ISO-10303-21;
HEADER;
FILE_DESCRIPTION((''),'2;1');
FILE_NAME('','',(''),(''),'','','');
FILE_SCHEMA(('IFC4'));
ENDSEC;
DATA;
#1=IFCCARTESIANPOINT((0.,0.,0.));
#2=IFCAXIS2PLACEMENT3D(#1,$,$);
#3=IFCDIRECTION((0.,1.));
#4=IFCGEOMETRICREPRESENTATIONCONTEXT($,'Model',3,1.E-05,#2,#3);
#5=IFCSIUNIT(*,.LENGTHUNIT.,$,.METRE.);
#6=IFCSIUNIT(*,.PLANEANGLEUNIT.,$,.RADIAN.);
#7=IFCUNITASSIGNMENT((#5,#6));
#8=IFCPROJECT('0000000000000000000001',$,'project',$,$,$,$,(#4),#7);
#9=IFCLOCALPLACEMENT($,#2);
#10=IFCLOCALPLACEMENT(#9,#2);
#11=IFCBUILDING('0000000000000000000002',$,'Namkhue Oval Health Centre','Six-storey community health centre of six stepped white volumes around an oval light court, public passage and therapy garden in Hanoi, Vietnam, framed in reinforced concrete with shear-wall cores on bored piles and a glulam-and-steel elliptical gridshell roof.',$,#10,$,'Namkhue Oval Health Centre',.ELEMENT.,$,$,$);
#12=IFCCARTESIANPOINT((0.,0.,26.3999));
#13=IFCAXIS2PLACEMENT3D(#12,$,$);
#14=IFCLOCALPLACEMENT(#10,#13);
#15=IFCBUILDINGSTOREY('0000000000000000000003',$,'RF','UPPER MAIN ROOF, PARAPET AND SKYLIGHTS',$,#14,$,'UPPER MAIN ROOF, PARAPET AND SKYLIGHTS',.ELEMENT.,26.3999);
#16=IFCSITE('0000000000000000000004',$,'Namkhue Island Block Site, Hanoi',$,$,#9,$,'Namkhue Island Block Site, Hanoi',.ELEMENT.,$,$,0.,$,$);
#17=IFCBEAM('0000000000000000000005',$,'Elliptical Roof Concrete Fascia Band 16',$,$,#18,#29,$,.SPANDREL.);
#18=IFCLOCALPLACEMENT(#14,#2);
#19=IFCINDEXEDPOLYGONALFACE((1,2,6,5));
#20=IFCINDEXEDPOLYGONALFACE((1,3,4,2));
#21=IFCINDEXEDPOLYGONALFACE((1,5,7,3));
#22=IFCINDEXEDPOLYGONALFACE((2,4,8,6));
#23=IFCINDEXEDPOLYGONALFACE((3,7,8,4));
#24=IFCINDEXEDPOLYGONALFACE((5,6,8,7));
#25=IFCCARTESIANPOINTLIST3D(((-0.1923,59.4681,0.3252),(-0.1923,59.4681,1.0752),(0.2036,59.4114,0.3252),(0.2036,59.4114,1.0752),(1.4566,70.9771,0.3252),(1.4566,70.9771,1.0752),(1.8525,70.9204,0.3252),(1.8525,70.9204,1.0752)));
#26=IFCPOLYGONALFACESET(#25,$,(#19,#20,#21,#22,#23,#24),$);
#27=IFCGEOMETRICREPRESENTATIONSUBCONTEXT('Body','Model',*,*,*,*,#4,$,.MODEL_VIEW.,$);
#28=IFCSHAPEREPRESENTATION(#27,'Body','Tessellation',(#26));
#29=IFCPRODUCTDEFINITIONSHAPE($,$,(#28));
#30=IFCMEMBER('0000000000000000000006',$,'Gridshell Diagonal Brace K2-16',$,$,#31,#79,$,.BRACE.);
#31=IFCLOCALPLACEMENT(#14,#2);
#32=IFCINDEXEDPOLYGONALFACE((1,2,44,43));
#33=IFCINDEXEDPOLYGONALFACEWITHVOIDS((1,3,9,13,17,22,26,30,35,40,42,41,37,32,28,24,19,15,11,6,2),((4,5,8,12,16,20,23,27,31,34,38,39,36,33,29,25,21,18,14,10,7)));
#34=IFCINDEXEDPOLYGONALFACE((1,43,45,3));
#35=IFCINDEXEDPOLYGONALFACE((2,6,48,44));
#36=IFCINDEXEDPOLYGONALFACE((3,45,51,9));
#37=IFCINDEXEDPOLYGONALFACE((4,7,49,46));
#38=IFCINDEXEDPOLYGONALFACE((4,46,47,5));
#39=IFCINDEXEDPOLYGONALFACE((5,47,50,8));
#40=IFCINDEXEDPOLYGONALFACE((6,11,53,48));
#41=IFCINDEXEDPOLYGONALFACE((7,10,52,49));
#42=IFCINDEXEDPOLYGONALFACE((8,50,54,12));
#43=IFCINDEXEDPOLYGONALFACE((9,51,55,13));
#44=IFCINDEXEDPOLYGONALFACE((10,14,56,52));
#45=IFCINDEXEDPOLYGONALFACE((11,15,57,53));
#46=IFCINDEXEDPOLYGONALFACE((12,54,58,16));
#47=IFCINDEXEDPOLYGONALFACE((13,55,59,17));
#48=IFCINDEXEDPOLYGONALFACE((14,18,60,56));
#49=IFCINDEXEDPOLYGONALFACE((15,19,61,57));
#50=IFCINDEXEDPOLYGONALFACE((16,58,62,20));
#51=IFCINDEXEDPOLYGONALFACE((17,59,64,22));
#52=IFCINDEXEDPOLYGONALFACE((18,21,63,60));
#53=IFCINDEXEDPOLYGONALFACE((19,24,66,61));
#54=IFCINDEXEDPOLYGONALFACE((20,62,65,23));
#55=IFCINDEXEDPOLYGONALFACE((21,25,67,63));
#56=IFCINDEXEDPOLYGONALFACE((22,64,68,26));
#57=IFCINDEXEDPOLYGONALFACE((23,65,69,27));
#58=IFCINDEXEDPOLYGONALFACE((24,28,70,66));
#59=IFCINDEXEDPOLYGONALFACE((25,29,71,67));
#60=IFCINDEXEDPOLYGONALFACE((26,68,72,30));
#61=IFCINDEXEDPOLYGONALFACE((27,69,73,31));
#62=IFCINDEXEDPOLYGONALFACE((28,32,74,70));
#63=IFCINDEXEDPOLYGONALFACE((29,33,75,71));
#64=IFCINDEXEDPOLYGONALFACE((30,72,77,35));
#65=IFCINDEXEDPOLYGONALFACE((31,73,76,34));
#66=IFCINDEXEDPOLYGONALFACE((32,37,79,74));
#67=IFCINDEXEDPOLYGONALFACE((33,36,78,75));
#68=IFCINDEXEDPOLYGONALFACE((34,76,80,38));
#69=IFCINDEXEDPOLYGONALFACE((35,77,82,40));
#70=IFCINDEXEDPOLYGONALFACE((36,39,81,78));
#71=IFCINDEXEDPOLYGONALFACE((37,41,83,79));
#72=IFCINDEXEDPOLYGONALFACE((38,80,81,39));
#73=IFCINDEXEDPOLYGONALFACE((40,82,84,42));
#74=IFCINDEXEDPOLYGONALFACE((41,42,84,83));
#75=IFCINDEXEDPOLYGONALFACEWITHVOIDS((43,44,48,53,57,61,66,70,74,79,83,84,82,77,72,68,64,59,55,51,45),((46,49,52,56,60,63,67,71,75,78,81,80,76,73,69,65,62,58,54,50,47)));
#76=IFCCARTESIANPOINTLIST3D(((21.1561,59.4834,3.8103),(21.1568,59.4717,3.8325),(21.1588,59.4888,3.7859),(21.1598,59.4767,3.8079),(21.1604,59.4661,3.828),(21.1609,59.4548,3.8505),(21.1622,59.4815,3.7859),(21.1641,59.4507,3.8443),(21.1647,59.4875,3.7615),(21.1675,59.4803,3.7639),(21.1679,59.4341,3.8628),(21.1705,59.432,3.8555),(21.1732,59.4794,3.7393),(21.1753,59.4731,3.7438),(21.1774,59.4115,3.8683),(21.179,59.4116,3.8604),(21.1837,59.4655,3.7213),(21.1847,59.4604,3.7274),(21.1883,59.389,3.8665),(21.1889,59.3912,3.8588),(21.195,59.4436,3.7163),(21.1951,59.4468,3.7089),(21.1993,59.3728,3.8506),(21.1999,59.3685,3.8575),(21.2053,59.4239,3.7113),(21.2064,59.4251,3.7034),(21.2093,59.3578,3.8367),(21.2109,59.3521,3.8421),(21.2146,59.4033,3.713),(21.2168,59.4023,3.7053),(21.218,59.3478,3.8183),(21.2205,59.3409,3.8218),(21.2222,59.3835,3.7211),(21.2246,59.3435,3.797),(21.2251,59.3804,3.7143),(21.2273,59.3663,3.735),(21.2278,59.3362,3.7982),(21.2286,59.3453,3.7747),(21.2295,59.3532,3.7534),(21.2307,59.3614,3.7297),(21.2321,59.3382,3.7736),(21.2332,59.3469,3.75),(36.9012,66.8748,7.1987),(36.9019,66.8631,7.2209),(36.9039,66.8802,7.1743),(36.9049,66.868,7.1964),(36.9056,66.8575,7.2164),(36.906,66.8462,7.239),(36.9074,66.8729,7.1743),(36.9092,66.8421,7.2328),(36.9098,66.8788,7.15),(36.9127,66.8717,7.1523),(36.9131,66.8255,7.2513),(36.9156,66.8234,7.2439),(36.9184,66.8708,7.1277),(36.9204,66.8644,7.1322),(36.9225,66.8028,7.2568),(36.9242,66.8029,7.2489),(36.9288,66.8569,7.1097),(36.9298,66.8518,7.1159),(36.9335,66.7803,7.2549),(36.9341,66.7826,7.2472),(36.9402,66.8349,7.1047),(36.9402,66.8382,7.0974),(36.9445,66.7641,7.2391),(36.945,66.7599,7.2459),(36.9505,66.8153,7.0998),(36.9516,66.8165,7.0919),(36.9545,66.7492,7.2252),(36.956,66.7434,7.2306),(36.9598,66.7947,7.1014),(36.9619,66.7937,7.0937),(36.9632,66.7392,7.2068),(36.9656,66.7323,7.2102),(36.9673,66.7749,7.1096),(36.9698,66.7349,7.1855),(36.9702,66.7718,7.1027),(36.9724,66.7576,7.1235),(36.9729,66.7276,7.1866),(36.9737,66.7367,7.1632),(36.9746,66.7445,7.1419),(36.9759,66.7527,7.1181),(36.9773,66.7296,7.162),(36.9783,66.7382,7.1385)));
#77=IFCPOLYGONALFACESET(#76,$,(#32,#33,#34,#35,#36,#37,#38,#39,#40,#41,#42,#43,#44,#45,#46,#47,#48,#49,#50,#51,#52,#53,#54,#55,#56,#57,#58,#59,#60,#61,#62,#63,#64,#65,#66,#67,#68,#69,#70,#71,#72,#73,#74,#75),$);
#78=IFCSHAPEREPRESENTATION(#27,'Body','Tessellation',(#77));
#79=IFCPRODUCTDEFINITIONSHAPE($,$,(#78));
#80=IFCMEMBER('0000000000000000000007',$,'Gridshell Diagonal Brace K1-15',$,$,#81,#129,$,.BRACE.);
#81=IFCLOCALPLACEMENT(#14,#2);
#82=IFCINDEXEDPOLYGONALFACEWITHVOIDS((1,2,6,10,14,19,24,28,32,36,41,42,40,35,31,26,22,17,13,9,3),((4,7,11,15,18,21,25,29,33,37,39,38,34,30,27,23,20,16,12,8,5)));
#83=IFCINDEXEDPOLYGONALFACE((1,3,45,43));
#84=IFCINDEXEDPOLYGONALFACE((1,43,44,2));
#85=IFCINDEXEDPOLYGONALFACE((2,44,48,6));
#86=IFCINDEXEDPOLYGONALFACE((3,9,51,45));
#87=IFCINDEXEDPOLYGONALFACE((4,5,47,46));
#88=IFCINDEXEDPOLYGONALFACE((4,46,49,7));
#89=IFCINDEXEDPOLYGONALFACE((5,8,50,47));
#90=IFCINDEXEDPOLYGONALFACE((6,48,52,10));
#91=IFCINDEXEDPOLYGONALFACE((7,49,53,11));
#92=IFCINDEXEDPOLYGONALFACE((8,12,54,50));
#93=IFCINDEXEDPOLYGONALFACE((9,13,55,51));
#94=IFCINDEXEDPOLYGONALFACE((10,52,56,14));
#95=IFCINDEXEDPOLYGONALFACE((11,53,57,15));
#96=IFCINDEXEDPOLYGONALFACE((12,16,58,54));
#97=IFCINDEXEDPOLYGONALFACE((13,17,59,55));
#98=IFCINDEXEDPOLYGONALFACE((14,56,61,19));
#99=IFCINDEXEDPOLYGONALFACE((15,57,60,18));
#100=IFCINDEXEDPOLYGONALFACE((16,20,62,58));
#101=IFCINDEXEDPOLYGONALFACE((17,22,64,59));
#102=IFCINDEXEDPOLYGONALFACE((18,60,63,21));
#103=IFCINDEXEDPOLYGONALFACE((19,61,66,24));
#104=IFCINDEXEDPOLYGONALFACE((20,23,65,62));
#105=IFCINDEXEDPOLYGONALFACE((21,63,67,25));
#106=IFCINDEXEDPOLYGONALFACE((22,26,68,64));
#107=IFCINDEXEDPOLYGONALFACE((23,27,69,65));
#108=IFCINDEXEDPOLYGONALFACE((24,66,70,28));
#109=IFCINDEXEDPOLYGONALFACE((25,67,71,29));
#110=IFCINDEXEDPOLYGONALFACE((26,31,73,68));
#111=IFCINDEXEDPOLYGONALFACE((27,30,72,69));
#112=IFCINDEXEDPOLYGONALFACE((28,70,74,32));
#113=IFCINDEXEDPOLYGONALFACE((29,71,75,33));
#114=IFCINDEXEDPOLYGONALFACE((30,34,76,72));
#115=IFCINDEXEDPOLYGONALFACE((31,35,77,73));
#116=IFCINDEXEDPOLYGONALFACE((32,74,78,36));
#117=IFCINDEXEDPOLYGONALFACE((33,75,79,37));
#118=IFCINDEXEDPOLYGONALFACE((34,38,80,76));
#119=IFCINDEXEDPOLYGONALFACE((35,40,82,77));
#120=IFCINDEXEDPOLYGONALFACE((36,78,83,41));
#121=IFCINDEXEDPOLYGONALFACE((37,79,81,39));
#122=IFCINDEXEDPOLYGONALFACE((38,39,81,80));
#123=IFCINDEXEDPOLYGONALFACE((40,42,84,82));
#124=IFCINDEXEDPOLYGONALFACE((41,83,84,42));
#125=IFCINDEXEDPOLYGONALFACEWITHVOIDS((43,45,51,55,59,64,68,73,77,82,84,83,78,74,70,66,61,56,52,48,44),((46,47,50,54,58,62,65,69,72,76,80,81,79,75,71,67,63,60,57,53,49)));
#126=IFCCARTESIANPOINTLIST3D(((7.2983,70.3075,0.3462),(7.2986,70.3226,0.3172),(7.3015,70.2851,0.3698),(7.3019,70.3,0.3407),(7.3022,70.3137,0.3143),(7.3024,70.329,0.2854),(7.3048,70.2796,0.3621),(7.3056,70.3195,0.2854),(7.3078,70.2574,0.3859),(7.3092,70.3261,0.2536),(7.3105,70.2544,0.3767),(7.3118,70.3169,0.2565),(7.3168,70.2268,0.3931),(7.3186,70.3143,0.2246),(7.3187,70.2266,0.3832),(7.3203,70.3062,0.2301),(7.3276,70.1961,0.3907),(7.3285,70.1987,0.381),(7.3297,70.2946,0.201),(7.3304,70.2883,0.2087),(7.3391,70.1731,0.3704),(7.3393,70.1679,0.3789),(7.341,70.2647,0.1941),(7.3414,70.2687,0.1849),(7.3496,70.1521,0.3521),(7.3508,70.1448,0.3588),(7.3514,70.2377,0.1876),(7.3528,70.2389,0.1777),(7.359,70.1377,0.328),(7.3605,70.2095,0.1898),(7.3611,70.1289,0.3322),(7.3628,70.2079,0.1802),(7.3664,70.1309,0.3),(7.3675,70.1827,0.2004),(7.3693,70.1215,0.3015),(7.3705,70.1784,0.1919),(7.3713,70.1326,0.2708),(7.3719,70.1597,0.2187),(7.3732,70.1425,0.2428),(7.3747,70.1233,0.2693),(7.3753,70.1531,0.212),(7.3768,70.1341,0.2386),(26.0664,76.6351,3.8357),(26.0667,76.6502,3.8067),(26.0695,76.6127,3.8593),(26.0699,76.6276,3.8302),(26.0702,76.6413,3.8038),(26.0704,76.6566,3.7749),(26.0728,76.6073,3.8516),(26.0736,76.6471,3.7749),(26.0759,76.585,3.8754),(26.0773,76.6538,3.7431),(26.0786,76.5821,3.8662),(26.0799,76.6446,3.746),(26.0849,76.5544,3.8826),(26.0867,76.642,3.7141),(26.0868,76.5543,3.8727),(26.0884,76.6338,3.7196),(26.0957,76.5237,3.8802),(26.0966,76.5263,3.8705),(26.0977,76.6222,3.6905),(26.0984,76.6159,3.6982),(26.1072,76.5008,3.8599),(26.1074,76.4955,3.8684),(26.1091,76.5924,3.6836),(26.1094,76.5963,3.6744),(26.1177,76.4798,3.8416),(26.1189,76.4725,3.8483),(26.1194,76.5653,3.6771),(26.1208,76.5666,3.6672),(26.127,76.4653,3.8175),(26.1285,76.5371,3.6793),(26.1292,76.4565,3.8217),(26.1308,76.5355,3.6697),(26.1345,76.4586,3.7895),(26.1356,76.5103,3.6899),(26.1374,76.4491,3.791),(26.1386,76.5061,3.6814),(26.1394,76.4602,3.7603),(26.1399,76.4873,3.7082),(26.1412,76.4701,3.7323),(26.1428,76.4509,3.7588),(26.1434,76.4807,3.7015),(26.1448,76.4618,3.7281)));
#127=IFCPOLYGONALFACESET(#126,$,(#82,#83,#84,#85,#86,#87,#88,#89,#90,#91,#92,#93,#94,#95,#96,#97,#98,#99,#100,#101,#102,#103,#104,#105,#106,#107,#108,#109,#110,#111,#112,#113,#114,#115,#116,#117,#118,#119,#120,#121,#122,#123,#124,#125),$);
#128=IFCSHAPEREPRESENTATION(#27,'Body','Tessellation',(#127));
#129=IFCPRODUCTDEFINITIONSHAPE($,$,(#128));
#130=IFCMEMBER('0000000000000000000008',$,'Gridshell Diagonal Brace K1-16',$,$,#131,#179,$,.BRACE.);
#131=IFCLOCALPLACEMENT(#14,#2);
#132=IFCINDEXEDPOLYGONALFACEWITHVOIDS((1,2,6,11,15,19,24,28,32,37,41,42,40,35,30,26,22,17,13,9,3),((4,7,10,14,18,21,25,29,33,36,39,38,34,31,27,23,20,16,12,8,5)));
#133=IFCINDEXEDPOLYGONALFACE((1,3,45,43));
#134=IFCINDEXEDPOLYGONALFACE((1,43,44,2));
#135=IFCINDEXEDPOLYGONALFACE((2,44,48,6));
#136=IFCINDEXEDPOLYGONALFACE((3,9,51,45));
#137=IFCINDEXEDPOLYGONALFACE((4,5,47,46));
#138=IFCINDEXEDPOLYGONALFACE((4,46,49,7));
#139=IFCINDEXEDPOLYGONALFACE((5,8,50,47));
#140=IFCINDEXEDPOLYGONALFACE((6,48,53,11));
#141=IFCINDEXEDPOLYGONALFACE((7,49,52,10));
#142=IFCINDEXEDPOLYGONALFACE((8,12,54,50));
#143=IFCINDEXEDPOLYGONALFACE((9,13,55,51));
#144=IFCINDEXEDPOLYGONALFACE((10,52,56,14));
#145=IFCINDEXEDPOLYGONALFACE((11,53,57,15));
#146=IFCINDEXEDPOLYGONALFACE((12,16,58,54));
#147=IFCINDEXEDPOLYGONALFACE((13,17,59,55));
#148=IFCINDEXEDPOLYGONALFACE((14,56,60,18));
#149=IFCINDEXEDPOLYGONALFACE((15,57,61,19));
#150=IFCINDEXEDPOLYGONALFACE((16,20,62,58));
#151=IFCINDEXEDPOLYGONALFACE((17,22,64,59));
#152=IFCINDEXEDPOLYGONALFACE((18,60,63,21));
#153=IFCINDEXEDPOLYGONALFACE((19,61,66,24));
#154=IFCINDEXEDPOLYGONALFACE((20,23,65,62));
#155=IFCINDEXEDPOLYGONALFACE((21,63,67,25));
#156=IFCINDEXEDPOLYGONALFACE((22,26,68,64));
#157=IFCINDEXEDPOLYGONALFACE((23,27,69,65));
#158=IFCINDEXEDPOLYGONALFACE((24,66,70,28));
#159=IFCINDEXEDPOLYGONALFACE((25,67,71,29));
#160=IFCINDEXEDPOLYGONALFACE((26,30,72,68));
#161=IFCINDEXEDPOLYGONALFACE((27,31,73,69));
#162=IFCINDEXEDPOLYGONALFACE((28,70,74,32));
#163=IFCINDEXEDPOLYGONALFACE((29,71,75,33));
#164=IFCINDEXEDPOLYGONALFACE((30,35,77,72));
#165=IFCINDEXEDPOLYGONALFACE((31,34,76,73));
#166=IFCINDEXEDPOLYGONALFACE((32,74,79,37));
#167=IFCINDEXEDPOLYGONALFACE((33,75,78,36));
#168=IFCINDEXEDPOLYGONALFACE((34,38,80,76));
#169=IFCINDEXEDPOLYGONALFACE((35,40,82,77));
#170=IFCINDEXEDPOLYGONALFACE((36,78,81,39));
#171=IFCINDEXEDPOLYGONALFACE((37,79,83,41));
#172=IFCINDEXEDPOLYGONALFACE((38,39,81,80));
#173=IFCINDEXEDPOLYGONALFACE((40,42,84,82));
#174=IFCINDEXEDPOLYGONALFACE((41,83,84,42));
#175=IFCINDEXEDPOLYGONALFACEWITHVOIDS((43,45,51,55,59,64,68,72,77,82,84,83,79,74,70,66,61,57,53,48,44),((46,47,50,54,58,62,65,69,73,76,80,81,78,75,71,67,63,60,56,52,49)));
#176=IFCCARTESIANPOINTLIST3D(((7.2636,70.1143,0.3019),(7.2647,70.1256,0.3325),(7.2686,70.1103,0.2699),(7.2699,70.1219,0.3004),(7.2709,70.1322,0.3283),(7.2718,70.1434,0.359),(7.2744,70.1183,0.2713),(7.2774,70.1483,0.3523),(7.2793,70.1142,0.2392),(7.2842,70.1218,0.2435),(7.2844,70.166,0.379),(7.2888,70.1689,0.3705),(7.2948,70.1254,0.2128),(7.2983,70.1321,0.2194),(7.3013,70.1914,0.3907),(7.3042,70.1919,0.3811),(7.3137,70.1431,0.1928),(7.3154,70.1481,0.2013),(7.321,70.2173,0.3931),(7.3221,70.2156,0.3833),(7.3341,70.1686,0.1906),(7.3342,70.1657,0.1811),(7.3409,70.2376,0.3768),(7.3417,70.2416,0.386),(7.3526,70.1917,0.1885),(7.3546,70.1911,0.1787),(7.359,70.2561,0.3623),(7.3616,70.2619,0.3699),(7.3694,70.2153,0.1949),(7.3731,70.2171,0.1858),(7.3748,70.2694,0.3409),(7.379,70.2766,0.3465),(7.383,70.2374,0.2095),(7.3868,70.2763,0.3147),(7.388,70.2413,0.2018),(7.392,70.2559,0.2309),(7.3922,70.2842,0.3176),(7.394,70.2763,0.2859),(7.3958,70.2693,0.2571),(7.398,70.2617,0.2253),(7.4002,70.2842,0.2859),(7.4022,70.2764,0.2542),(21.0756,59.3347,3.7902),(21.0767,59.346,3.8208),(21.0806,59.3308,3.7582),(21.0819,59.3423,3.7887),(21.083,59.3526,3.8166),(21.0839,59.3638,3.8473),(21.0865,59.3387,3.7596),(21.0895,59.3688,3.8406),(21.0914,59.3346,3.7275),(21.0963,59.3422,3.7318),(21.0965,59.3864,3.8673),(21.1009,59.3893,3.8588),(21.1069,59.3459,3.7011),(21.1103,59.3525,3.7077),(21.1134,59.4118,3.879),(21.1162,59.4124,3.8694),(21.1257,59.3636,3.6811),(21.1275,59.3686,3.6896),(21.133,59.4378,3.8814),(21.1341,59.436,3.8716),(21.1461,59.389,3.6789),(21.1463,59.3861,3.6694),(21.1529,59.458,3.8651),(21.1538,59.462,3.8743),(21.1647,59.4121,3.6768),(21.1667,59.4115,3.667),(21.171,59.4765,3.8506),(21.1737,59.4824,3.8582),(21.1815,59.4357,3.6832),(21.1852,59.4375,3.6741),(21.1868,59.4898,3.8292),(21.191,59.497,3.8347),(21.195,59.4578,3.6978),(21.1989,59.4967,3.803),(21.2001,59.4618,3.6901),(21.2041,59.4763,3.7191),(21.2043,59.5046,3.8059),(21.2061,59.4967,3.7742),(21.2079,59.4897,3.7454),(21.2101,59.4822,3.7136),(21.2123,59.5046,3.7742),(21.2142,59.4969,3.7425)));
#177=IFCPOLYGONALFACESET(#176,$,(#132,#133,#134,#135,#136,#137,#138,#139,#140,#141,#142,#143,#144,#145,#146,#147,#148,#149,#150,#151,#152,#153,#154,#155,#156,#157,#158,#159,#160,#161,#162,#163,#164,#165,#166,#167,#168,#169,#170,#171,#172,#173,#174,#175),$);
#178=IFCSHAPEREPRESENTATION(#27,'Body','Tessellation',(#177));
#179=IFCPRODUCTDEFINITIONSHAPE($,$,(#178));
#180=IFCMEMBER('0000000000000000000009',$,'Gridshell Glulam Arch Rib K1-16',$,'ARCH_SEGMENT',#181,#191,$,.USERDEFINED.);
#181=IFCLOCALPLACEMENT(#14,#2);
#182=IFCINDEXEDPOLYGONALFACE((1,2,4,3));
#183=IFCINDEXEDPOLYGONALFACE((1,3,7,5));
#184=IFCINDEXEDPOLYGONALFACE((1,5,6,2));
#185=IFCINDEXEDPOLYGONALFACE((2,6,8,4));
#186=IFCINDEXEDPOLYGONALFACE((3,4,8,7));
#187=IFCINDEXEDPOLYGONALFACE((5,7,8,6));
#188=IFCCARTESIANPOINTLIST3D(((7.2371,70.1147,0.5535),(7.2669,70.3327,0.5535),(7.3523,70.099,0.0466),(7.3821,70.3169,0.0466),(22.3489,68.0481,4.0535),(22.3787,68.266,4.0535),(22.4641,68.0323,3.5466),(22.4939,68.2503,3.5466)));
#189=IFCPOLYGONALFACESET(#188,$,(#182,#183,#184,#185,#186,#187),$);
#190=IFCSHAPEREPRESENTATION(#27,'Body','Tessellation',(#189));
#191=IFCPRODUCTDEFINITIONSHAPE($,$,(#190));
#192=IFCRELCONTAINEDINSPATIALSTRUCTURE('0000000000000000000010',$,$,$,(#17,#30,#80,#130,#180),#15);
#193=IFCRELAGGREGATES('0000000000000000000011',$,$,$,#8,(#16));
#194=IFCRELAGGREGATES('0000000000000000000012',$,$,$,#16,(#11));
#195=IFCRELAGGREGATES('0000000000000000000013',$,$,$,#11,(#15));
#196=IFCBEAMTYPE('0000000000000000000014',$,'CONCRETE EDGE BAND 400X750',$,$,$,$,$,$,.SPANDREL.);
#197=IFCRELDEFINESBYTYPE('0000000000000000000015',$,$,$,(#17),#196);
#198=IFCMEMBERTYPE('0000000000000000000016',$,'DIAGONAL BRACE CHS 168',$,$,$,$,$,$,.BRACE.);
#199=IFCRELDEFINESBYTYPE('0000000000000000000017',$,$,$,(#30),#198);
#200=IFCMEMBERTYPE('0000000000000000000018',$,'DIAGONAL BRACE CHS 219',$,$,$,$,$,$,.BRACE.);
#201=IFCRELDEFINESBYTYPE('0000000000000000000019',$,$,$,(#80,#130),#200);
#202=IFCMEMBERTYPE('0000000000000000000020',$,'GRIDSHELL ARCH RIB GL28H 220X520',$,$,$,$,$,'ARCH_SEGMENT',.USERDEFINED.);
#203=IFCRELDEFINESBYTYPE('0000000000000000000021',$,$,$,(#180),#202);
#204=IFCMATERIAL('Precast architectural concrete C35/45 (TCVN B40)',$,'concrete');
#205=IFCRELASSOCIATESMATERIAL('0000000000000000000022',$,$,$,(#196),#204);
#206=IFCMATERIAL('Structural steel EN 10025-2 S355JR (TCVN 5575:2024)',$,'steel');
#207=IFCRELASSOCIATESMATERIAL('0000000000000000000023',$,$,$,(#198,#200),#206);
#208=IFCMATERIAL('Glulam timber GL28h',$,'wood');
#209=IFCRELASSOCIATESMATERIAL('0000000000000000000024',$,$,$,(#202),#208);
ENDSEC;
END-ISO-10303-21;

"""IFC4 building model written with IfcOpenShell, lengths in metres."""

from ifc_helpers import new_model, si_unit, direction, frame, origin, origin_2d, place, context, subcontext, project, spatial, rectangle, hollow_circle, extrude, material, material_profile, profile_set, type_object, element, save


model = new_model("IFC4")

# Units and contexts
model_context = context("Model", 3, precision=1e-05, world=origin(), true_north=direction((0.0, 1.0)))
body_context = subcontext(model_context, "Body", "Model", "MODEL_VIEW")
ifc_project = project(units=[si_unit("LENGTHUNIT", "METRE"), si_unit("PLANEANGLEUNIT", "RADIAN")], contexts=[model_context])

# Site, building, storey
site_placement = place(None, origin())
site = spatial("IfcSite", under=ifc_project, at=site_placement, Name="Namkhue Island Block Site, Hanoi", LongName="Namkhue Island Block Site, Hanoi", CompositionType="ELEMENT", RefElevation=0.0)
building_placement = place(site_placement, origin())
building = spatial("IfcBuilding", under=site, at=building_placement, Name="Namkhue Oval Health Centre", Description="Six-storey community health centre of six stepped white volumes around an oval light court, public passage and therapy garden in Hanoi, Vietnam, framed in reinforced concrete with shear-wall cores on bored piles and a glulam-and-steel elliptical gridshell roof.", LongName="Namkhue Oval Health Centre", CompositionType="ELEMENT")
storey_placement = place(building_placement, frame((0.0, 0.0, 26.3999)))
storey = spatial("IfcBuildingStorey", under=building, at=storey_placement, Name="RF", Description="UPPER MAIN ROOF, PARAPET AND SKYLIGHTS", LongName="UPPER MAIN ROOF, PARAPET AND SKYLIGHTS", CompositionType="ELEMENT", Elevation=26.3999)

# Beam
ifc_material_1 = material(Name="Precast architectural concrete C35/45 (TCVN B40)", Category="concrete")
ifc_material_profile_1 = material_profile(ifc_material_1, rectangle(XDim=0.3999, YDim=0.75, at=origin_2d()), Name="RC 400x750")
ifc_profile_set_1 = profile_set([ifc_material_profile_1], Name="Precast architectural concrete C35/45 (TCVN B40)")
beam_type = type_object("IfcBeamType", Name="CONCRETE EDGE BAND 400X750", PredefinedType="SPANDREL", material=ifc_profile_set_1)
beam_placement = place(storey_placement, frame((1.6545, 70.9487, 0.7002), z_axis=(-0.141824, -0.989892, 0.0), x_axis=(0.989892, -0.141824, 0.0)))
element("IfcBeam", 1, at=beam_placement, inside=storey, type_object=beam_type, Name="Elliptical Roof Concrete Fascia Band 16", PredefinedType="SPANDREL", context=body_context, shape_type="SweptSolid", body=[
    extrude(rectangle(XDim=0.3999, YDim=0.75, at=origin_2d()), origin(), (0.0, 0.0, 1.0), 11.6265),
])

# Members
ifc_material_2 = material(Name="Structural steel EN 10025-2 S355JR (TCVN 5575:2024)", Category="steel")
ifc_material_profile_2 = material_profile(ifc_material_2, hollow_circle(Radius=0.0842, WallThickness=0.0081, at=origin_2d()), Name="CHS 168.3x8")
ifc_profile_set_2 = profile_set([ifc_material_profile_2], Name="Structural steel EN 10025-2 S355JR (TCVN 5575:2024)")
member_type_1 = type_object("IfcMemberType", Name="DIAGONAL BRACE CHS 168", PredefinedType="BRACE", material=ifc_profile_set_2)
member_1_placement = place(storey_placement, frame((21.1946, 59.4126, 3.7859), z_axis=(0.888517, 0.417104, 0.191213), x_axis=(-0.424944, 0.905219, 0.0)))
element("IfcMember", 2, at=member_1_placement, inside=storey, type_object=member_type_1, Name="Gridshell Diagonal Brace K2-16", PredefinedType="BRACE", context=body_context, shape_type="SweptSolid", body=[
    extrude(hollow_circle(Radius=0.0842, WallThickness=0.0081, at=origin_2d()), origin(), (0.0, 0.0, 1.0), 17.7207),
])
ifc_material_profile_3 = material_profile(ifc_material_2, hollow_circle(Radius=0.1096, WallThickness=0.01, at=origin_2d()), Name="CHS 219.1x10")
ifc_profile_set_3 = profile_set([ifc_material_profile_3], Name="Structural steel EN 10025-2 S355JR (TCVN 5575:2024)")
member_type_2 = type_object("IfcMemberType", Name="DIAGONAL BRACE CHS 219", PredefinedType="BRACE", material=ifc_profile_set_3)
member_2_placement = place(storey_placement, frame((7.3374, 70.2251, 0.2854), z_axis=(0.93322, 0.314634, 0.173511), x_axis=(-0.31948, 0.947593, 0.0)))
element("IfcMember", 3, at=member_2_placement, inside=storey, type_object=member_type_2, Name="Gridshell Diagonal Brace K1-15", PredefinedType="BRACE", context=body_context, shape_type="SweptSolid", body=[
    extrude(hollow_circle(Radius=0.1096, WallThickness=0.01, at=origin_2d()), origin(), (0.0, 0.0, 1.0), 20.1111),
])
member_3_placement = place(storey_placement, frame((7.3328, 70.1978, 0.2859), z_axis=(0.773157, -0.603408, 0.195264), x_axis=(0.615251, 0.788331, 0.0)))
element("IfcMember", 4, at=member_3_placement, inside=storey, type_object=member_type_2, Name="Gridshell Diagonal Brace K1-16", PredefinedType="BRACE", context=body_context, shape_type="SweptSolid", body=[
    extrude(hollow_circle(Radius=0.1096, WallThickness=0.01, at=origin_2d()), origin(), (0.0, 0.0, 1.0), 17.8645),
])
ifc_material_3 = material(Name="Glulam timber GL28h", Category="wood")
ifc_material_profile_4 = material_profile(ifc_material_3, rectangle(XDim=0.22, YDim=0.52, at=origin_2d()), Name="GL28h 220x520")
ifc_profile_set_4 = profile_set([ifc_material_profile_4], Name="Glulam timber GL28h")
member_type_3 = type_object("IfcMemberType", Name="GRIDSHELL ARCH RIB GL28H 220X520", ElementType="ARCH_SEGMENT", PredefinedType="USERDEFINED", material=ifc_profile_set_4)
member_4_placement = place(storey_placement, frame((7.3096, 70.2158, 0.3), z_axis=(0.965679, -0.132064, 0.223658), x_axis=(0.135496, 0.990778, 0.0)))
element("IfcMember", 5, at=member_4_placement, inside=storey, type_object=member_type_3, Name="Gridshell Glulam Arch Rib K1-16", ObjectType="ARCH_SEGMENT", PredefinedType="USERDEFINED", context=body_context, shape_type="SweptSolid", body=[
    extrude(rectangle(XDim=0.22, YDim=0.52, at=origin_2d()), origin(), (0.0, 0.0, 1.0), 15.6489),
])

save(model, "model.ifc")
